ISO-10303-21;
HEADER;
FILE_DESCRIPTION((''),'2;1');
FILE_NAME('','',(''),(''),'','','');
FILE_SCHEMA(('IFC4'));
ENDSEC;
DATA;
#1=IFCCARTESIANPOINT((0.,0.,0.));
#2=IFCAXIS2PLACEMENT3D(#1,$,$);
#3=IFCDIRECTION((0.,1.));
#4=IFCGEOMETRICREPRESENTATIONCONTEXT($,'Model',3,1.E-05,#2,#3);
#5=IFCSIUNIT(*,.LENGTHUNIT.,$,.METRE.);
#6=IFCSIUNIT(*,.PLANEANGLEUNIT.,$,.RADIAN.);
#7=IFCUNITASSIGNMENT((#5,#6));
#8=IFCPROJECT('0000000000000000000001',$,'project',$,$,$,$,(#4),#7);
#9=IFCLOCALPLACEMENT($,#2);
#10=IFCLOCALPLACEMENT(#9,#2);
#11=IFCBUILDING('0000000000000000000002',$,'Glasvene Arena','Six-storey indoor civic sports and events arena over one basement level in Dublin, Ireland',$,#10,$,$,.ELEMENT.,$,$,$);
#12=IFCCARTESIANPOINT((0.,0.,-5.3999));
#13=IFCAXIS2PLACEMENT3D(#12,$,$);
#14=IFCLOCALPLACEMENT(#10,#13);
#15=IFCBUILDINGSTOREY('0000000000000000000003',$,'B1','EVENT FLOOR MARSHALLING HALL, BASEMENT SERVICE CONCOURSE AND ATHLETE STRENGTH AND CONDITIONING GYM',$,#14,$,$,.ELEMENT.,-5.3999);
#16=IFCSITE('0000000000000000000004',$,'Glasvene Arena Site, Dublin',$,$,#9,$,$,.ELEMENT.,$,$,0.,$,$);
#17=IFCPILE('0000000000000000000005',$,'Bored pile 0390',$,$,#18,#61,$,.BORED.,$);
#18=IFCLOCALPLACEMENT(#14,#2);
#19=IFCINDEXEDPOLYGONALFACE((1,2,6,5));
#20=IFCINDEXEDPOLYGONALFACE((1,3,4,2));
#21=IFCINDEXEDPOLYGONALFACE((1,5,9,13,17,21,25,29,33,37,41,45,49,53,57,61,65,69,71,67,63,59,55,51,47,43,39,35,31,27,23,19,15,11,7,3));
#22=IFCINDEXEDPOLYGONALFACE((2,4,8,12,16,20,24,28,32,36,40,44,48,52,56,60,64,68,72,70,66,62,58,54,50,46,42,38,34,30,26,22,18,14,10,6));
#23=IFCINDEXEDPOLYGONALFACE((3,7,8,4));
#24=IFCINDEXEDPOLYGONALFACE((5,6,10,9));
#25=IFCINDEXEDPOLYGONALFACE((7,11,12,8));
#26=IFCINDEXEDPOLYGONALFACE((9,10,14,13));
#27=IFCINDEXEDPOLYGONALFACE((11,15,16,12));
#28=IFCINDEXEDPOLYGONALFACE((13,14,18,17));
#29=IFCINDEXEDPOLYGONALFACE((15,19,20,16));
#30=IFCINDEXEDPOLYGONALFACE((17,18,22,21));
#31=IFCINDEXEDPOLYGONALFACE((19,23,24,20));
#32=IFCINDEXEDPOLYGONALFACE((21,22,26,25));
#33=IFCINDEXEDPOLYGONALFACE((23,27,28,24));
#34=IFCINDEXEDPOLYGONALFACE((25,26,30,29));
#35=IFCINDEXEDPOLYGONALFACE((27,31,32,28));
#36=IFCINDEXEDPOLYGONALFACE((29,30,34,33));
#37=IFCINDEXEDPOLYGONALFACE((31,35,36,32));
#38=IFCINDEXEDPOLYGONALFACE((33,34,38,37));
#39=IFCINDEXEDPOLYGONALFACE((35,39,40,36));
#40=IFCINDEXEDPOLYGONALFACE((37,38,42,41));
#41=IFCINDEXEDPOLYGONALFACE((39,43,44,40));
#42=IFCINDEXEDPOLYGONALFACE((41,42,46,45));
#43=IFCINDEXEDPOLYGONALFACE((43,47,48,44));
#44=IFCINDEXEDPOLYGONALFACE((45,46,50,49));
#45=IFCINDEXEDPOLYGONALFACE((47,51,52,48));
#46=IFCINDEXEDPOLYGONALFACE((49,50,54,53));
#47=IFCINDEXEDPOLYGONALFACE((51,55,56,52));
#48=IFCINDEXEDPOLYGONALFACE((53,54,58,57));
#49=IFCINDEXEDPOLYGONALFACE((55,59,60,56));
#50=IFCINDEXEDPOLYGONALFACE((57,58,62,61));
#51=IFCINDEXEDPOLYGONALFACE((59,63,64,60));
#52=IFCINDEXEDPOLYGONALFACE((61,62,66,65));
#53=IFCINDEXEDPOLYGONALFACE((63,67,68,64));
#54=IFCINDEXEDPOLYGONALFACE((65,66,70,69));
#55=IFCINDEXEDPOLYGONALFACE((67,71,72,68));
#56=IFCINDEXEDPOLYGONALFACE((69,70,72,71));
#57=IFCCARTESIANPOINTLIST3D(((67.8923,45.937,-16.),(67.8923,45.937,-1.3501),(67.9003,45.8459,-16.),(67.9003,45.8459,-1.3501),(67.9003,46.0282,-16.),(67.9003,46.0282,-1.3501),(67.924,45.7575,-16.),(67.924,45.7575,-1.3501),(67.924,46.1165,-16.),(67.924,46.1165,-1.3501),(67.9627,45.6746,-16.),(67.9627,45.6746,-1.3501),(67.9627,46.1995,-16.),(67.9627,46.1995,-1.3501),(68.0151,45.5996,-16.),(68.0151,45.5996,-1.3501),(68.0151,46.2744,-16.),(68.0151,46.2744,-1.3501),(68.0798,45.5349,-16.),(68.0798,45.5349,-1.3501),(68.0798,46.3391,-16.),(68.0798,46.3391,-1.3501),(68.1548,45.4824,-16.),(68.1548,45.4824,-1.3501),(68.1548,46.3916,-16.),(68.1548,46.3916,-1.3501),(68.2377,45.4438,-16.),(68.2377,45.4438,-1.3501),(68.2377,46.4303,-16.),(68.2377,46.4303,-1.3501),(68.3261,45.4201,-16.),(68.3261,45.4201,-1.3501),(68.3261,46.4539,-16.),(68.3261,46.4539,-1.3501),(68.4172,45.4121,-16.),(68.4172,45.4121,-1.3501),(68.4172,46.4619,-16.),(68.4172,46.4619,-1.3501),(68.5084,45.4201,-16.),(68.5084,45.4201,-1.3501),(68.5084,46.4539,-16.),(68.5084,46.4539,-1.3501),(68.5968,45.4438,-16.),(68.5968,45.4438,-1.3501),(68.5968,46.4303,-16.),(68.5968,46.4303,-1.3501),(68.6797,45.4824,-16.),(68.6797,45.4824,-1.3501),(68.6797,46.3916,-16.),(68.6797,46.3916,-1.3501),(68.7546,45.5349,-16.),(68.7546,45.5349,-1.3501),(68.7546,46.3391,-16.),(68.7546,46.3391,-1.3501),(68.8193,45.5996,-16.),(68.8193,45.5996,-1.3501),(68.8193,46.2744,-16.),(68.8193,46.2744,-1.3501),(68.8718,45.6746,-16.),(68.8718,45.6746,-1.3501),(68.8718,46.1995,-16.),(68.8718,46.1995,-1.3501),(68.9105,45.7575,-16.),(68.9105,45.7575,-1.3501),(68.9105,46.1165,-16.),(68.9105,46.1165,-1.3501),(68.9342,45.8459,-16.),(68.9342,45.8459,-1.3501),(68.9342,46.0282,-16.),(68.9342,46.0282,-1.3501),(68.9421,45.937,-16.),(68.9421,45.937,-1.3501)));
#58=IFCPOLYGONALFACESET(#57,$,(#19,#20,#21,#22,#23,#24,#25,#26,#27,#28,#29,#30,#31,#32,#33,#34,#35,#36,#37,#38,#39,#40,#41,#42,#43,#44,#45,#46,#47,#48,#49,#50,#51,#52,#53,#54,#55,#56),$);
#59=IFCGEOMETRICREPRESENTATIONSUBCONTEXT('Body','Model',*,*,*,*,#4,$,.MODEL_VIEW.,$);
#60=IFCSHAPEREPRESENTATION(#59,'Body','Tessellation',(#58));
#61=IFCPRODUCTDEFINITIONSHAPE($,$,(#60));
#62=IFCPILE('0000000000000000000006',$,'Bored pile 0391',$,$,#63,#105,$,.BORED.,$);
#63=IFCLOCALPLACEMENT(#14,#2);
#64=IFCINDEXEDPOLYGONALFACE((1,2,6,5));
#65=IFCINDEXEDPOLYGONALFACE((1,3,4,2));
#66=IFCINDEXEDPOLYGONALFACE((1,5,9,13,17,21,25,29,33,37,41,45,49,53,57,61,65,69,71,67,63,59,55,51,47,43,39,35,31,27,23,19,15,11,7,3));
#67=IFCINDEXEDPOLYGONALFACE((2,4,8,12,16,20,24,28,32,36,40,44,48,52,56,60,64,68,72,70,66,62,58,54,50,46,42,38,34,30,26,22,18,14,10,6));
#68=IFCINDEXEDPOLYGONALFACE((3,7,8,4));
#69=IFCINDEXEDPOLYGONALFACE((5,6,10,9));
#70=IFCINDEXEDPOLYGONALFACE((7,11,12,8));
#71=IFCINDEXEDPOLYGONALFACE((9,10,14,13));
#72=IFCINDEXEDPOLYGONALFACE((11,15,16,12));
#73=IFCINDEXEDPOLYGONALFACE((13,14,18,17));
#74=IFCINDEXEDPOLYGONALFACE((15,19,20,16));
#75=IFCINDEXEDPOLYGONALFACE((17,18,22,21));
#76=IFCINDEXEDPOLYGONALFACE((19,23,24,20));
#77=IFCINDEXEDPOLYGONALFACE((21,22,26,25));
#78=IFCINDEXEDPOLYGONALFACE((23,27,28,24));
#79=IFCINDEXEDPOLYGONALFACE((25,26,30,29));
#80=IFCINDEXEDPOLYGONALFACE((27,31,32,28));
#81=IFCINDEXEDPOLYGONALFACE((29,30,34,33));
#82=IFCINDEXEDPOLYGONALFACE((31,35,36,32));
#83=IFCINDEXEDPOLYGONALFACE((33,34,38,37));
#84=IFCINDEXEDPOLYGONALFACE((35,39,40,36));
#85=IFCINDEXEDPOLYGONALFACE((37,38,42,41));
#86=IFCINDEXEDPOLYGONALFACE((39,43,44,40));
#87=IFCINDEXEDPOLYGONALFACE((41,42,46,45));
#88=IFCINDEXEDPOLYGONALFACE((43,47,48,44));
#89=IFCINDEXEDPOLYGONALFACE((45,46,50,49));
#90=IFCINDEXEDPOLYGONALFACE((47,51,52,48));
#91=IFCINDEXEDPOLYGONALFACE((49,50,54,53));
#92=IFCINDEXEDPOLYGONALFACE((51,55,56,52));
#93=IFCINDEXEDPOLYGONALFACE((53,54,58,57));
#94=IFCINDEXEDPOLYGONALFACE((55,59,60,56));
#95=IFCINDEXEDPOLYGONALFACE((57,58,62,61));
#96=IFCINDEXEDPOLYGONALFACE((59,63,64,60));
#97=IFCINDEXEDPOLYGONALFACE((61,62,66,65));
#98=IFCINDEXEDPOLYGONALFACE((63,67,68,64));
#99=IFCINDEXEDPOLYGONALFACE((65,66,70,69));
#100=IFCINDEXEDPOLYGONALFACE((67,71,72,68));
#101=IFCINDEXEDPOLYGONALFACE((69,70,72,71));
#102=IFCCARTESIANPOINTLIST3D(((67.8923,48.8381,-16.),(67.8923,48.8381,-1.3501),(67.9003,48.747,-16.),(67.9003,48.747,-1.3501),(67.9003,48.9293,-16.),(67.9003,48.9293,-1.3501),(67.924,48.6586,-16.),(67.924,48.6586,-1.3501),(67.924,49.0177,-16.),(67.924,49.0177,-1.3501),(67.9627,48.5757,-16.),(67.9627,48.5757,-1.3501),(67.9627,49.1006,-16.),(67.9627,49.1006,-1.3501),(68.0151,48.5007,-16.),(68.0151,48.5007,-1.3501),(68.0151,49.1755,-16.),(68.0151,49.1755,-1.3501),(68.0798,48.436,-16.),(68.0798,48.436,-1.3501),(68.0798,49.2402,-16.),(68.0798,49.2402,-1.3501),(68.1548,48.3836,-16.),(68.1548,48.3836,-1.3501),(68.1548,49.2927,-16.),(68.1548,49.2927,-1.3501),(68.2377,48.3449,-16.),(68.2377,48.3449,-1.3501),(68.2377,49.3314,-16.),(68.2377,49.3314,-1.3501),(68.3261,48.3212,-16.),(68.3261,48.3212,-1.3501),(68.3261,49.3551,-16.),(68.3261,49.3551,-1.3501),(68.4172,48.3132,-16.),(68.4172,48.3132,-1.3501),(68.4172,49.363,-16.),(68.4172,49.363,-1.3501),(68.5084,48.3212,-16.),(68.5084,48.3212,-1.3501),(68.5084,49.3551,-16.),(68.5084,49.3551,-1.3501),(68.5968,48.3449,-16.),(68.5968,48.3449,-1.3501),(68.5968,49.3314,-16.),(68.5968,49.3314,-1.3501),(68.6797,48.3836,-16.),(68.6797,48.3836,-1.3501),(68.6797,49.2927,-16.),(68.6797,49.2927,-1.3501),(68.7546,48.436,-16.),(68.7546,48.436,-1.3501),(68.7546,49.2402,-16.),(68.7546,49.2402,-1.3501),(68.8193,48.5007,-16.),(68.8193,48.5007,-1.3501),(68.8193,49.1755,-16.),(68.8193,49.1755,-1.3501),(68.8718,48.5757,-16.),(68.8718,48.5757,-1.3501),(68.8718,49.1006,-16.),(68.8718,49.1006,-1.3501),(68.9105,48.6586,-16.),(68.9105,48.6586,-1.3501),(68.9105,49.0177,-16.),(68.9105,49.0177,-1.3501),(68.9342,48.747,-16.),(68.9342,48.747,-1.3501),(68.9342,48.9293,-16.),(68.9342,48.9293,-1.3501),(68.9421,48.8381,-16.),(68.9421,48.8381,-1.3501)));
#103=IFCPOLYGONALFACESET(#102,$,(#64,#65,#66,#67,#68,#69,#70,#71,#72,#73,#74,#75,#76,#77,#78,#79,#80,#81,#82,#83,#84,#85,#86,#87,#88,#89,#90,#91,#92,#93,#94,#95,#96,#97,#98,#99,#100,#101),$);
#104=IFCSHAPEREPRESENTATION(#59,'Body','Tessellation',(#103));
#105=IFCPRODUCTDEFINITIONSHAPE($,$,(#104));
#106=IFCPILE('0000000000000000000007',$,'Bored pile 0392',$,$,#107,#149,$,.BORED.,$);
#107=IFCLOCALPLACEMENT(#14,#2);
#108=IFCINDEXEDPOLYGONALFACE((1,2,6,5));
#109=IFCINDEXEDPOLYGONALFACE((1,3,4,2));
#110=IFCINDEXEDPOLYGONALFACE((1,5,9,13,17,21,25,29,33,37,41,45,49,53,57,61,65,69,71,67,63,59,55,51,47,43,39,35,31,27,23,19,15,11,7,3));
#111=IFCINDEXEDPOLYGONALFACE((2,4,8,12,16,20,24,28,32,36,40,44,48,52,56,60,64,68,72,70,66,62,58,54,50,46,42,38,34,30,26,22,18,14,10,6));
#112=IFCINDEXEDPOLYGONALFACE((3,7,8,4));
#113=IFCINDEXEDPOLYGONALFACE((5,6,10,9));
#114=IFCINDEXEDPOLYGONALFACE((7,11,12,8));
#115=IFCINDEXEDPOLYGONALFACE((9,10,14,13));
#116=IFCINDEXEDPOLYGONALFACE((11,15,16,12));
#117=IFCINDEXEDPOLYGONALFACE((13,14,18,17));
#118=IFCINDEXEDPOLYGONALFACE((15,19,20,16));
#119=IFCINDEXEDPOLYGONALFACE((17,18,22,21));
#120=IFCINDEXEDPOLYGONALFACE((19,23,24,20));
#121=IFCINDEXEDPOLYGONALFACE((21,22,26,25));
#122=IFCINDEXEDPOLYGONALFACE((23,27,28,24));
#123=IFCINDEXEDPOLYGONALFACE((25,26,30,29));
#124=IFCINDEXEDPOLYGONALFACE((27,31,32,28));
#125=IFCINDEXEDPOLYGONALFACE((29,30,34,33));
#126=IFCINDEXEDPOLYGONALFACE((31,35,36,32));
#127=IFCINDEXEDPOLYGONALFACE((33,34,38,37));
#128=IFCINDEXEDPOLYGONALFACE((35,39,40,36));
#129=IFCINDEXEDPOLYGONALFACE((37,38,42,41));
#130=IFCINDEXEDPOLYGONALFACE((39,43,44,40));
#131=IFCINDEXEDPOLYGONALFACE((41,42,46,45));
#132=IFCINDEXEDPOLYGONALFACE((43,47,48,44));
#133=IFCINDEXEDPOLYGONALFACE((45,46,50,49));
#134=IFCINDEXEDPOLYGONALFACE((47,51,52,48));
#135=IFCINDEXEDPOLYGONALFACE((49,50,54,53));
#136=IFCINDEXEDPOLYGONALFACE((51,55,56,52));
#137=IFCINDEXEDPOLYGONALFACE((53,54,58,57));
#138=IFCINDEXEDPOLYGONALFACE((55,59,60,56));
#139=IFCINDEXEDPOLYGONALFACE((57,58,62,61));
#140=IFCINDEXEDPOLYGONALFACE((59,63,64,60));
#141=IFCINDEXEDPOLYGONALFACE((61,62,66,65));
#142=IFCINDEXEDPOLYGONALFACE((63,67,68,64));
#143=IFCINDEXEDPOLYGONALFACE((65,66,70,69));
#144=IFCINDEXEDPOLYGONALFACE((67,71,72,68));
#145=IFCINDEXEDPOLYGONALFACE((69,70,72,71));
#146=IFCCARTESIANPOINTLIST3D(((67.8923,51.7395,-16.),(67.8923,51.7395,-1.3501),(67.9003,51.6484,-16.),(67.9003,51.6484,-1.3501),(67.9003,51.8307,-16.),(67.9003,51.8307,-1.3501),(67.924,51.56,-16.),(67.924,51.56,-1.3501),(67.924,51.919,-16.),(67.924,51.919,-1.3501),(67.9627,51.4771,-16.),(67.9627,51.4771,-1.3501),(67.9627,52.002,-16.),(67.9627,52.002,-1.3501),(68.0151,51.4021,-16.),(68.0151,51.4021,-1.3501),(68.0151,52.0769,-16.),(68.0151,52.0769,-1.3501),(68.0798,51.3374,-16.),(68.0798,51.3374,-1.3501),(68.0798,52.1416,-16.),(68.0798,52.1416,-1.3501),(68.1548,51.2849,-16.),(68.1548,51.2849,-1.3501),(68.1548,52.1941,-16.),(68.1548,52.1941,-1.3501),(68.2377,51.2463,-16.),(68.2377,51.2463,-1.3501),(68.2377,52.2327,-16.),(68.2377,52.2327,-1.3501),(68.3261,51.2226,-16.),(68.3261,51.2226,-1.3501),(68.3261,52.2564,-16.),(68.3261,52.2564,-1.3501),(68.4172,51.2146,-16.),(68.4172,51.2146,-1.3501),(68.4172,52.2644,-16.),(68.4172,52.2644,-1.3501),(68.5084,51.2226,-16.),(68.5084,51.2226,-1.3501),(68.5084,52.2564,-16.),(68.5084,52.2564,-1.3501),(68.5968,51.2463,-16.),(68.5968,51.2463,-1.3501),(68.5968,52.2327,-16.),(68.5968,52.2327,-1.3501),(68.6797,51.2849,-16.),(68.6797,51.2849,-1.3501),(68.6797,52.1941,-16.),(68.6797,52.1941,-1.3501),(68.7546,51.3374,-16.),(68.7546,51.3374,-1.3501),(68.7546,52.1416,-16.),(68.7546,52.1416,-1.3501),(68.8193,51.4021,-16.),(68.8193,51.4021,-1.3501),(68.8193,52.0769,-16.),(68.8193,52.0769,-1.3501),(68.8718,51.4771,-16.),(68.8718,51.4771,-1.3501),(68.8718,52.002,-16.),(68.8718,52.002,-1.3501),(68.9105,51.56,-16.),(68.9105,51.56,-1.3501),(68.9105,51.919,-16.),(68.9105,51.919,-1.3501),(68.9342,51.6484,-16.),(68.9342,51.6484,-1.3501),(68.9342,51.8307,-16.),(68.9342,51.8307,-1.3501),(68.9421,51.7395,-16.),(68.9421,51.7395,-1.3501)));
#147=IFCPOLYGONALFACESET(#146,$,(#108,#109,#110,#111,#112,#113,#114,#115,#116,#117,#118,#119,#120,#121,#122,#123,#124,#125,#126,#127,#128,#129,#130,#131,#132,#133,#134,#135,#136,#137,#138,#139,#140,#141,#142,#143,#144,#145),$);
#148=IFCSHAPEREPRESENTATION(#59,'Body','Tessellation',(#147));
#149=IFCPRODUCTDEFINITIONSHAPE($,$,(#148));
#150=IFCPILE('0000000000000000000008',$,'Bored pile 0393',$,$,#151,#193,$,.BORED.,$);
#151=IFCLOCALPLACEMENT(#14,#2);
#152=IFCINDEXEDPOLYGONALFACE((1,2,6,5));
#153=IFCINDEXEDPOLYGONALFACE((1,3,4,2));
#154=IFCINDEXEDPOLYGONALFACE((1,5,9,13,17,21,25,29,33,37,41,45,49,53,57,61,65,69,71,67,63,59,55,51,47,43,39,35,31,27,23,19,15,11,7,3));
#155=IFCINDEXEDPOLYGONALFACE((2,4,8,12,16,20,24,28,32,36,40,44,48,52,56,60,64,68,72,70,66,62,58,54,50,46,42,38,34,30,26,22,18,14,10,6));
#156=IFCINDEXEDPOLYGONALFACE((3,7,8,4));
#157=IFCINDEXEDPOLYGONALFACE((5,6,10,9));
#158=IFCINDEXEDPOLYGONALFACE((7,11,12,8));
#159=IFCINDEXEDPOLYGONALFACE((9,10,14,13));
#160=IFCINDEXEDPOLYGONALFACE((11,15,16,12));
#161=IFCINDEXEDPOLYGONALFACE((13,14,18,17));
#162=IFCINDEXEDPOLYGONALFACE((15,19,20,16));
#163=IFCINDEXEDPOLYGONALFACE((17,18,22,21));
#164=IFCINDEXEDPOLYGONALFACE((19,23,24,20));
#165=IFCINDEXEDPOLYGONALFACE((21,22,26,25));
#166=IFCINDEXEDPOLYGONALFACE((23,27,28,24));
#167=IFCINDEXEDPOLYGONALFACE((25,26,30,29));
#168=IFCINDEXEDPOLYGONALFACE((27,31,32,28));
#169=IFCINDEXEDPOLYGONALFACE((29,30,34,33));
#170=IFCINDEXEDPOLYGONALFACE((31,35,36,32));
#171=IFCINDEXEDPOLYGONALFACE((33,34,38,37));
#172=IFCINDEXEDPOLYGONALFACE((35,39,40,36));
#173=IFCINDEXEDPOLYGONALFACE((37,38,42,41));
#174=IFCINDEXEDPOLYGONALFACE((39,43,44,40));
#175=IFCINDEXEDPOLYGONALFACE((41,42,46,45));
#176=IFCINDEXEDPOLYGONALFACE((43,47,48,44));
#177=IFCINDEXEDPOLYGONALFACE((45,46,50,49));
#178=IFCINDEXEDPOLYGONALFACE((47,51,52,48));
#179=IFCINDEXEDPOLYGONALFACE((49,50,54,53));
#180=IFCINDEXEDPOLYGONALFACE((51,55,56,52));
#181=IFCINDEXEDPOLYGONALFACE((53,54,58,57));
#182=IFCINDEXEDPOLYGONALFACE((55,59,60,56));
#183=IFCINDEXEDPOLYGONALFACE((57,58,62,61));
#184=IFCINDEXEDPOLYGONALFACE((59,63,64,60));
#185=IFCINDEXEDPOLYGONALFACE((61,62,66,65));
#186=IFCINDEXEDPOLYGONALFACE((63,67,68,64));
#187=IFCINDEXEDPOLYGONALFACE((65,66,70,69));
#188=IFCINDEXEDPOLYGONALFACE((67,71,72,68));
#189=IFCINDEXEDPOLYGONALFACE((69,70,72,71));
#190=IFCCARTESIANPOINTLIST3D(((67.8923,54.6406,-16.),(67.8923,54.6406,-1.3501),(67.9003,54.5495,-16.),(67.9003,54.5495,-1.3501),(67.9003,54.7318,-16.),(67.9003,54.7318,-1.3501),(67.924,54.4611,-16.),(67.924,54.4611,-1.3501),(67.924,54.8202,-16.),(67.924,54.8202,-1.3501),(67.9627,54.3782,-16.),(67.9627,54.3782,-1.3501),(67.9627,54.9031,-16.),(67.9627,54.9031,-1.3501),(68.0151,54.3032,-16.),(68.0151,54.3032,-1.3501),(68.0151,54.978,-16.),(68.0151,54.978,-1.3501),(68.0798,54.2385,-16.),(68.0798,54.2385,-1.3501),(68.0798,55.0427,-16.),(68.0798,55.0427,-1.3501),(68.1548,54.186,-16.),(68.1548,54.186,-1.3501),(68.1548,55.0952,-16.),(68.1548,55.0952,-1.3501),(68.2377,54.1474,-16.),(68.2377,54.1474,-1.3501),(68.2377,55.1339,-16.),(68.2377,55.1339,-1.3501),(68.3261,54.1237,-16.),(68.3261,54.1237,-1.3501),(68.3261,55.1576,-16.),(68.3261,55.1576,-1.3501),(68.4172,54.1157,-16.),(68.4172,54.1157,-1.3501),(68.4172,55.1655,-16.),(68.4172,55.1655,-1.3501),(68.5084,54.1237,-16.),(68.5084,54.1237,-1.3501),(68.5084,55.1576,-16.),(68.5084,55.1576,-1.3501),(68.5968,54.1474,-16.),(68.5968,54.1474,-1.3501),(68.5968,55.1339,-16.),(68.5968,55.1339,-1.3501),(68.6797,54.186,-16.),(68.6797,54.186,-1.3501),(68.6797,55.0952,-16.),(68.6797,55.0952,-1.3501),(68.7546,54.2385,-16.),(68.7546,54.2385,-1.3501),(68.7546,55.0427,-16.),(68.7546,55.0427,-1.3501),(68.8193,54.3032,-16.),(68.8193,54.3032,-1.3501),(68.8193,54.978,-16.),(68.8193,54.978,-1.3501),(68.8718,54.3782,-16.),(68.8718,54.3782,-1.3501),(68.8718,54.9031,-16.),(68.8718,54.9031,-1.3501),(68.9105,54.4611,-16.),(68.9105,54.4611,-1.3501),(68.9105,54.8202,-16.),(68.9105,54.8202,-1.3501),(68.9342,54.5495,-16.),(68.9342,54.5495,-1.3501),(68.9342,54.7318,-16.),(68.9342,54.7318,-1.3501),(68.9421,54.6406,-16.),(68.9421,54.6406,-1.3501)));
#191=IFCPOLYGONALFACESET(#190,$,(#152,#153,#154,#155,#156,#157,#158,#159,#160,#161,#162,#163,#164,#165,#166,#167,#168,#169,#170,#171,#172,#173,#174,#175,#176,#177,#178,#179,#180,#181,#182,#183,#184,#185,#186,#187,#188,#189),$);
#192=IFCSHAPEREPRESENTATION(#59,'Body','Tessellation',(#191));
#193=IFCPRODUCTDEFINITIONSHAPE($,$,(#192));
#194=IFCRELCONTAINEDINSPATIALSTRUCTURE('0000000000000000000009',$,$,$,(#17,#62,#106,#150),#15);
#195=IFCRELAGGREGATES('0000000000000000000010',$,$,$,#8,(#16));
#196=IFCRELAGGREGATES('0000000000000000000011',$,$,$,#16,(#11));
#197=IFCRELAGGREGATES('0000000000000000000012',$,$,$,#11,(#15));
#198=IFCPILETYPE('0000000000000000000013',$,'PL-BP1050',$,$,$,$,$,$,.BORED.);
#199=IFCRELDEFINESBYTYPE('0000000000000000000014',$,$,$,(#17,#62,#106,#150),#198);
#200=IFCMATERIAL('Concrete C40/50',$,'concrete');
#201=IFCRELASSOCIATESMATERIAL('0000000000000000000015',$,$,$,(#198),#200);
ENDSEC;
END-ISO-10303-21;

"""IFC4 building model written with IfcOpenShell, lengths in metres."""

from ifc_helpers import new_model, si_unit, direction, frame, origin, origin_2d, place, context, subcontext, project, spatial, circle, extrude, material, material_profile, profile_set, type_object, element, save


model = new_model("IFC4")

# Units and contexts
model_context = context("Model", 3, precision=1e-05, world=origin(), true_north=direction((0.0, 1.0)))
body_context = subcontext(model_context, "Body", "Model", "MODEL_VIEW")
ifc_project = project(units=[si_unit("LENGTHUNIT", "METRE"), si_unit("PLANEANGLEUNIT", "RADIAN")], contexts=[model_context])

# Site, building, storey
site_placement = place(None, origin())
site = spatial("IfcSite", under=ifc_project, at=site_placement, Name="Glasvene Arena Site, Dublin", CompositionType="ELEMENT", RefElevation=0.0)
building_placement = place(site_placement, origin())
building = spatial("IfcBuilding", under=site, at=building_placement, Name="Glasvene Arena", Description="Six-storey indoor civic sports and events arena over one basement level in Dublin, Ireland", CompositionType="ELEMENT")
storey_placement = place(building_placement, frame((0.0, 0.0, -5.3999)))
storey = spatial("IfcBuildingStorey", under=building, at=storey_placement, Name="B1", Description="EVENT FLOOR MARSHALLING HALL, BASEMENT SERVICE CONCOURSE AND ATHLETE STRENGTH AND CONDITIONING GYM", CompositionType="ELEMENT", Elevation=-5.3999)

# Piles
ifc_material_1 = material(Name="Concrete C40/50", Category="concrete")
ifc_material_profile_1 = material_profile(ifc_material_1, circle(Radius=0.5249, at=origin_2d()), Name="BORED PILE 1050")
ifc_profile_set_1 = profile_set([ifc_material_profile_1], Name="Concrete C40/50")
pile_type = type_object("IfcPileType", Name="PL-BP1050", PredefinedType="BORED", material=ifc_profile_set_1)
for number, where, z_axis, x_axis, name in (
    (1, (68.4172, 45.937, -1.3501), (0.0, 0.0, -1.0), (1.0, 0.0, 0.0), "Bored pile 0390"),
    (2, (68.4172, 48.8381, -1.3501), (0.0, 0.0, -1.0), (1.0, 0.0, 0.0), "Bored pile 0391"),
    (3, (68.4172, 51.7395, -1.3501), (0.0, 0.0, -1.0), (1.0, 0.0, 0.0), "Bored pile 0392"),
    (4, (68.4172, 54.6406, -1.3501), (0.0, 0.0, -1.0), (1.0, 0.0, 0.0), "Bored pile 0393"),
):
    element("IfcPile", number, at=place(storey_placement, frame(where, z_axis=z_axis, x_axis=x_axis)), inside=storey, type_object=pile_type, Name=name, PredefinedType="BORED", context=body_context, shape_type="SweptSolid", body=[
        extrude(circle(Radius=0.5249, at=origin_2d()), origin(), (0.0, 0.0, 1.0), 14.6499),
    ])

save(model, "model.ifc")
